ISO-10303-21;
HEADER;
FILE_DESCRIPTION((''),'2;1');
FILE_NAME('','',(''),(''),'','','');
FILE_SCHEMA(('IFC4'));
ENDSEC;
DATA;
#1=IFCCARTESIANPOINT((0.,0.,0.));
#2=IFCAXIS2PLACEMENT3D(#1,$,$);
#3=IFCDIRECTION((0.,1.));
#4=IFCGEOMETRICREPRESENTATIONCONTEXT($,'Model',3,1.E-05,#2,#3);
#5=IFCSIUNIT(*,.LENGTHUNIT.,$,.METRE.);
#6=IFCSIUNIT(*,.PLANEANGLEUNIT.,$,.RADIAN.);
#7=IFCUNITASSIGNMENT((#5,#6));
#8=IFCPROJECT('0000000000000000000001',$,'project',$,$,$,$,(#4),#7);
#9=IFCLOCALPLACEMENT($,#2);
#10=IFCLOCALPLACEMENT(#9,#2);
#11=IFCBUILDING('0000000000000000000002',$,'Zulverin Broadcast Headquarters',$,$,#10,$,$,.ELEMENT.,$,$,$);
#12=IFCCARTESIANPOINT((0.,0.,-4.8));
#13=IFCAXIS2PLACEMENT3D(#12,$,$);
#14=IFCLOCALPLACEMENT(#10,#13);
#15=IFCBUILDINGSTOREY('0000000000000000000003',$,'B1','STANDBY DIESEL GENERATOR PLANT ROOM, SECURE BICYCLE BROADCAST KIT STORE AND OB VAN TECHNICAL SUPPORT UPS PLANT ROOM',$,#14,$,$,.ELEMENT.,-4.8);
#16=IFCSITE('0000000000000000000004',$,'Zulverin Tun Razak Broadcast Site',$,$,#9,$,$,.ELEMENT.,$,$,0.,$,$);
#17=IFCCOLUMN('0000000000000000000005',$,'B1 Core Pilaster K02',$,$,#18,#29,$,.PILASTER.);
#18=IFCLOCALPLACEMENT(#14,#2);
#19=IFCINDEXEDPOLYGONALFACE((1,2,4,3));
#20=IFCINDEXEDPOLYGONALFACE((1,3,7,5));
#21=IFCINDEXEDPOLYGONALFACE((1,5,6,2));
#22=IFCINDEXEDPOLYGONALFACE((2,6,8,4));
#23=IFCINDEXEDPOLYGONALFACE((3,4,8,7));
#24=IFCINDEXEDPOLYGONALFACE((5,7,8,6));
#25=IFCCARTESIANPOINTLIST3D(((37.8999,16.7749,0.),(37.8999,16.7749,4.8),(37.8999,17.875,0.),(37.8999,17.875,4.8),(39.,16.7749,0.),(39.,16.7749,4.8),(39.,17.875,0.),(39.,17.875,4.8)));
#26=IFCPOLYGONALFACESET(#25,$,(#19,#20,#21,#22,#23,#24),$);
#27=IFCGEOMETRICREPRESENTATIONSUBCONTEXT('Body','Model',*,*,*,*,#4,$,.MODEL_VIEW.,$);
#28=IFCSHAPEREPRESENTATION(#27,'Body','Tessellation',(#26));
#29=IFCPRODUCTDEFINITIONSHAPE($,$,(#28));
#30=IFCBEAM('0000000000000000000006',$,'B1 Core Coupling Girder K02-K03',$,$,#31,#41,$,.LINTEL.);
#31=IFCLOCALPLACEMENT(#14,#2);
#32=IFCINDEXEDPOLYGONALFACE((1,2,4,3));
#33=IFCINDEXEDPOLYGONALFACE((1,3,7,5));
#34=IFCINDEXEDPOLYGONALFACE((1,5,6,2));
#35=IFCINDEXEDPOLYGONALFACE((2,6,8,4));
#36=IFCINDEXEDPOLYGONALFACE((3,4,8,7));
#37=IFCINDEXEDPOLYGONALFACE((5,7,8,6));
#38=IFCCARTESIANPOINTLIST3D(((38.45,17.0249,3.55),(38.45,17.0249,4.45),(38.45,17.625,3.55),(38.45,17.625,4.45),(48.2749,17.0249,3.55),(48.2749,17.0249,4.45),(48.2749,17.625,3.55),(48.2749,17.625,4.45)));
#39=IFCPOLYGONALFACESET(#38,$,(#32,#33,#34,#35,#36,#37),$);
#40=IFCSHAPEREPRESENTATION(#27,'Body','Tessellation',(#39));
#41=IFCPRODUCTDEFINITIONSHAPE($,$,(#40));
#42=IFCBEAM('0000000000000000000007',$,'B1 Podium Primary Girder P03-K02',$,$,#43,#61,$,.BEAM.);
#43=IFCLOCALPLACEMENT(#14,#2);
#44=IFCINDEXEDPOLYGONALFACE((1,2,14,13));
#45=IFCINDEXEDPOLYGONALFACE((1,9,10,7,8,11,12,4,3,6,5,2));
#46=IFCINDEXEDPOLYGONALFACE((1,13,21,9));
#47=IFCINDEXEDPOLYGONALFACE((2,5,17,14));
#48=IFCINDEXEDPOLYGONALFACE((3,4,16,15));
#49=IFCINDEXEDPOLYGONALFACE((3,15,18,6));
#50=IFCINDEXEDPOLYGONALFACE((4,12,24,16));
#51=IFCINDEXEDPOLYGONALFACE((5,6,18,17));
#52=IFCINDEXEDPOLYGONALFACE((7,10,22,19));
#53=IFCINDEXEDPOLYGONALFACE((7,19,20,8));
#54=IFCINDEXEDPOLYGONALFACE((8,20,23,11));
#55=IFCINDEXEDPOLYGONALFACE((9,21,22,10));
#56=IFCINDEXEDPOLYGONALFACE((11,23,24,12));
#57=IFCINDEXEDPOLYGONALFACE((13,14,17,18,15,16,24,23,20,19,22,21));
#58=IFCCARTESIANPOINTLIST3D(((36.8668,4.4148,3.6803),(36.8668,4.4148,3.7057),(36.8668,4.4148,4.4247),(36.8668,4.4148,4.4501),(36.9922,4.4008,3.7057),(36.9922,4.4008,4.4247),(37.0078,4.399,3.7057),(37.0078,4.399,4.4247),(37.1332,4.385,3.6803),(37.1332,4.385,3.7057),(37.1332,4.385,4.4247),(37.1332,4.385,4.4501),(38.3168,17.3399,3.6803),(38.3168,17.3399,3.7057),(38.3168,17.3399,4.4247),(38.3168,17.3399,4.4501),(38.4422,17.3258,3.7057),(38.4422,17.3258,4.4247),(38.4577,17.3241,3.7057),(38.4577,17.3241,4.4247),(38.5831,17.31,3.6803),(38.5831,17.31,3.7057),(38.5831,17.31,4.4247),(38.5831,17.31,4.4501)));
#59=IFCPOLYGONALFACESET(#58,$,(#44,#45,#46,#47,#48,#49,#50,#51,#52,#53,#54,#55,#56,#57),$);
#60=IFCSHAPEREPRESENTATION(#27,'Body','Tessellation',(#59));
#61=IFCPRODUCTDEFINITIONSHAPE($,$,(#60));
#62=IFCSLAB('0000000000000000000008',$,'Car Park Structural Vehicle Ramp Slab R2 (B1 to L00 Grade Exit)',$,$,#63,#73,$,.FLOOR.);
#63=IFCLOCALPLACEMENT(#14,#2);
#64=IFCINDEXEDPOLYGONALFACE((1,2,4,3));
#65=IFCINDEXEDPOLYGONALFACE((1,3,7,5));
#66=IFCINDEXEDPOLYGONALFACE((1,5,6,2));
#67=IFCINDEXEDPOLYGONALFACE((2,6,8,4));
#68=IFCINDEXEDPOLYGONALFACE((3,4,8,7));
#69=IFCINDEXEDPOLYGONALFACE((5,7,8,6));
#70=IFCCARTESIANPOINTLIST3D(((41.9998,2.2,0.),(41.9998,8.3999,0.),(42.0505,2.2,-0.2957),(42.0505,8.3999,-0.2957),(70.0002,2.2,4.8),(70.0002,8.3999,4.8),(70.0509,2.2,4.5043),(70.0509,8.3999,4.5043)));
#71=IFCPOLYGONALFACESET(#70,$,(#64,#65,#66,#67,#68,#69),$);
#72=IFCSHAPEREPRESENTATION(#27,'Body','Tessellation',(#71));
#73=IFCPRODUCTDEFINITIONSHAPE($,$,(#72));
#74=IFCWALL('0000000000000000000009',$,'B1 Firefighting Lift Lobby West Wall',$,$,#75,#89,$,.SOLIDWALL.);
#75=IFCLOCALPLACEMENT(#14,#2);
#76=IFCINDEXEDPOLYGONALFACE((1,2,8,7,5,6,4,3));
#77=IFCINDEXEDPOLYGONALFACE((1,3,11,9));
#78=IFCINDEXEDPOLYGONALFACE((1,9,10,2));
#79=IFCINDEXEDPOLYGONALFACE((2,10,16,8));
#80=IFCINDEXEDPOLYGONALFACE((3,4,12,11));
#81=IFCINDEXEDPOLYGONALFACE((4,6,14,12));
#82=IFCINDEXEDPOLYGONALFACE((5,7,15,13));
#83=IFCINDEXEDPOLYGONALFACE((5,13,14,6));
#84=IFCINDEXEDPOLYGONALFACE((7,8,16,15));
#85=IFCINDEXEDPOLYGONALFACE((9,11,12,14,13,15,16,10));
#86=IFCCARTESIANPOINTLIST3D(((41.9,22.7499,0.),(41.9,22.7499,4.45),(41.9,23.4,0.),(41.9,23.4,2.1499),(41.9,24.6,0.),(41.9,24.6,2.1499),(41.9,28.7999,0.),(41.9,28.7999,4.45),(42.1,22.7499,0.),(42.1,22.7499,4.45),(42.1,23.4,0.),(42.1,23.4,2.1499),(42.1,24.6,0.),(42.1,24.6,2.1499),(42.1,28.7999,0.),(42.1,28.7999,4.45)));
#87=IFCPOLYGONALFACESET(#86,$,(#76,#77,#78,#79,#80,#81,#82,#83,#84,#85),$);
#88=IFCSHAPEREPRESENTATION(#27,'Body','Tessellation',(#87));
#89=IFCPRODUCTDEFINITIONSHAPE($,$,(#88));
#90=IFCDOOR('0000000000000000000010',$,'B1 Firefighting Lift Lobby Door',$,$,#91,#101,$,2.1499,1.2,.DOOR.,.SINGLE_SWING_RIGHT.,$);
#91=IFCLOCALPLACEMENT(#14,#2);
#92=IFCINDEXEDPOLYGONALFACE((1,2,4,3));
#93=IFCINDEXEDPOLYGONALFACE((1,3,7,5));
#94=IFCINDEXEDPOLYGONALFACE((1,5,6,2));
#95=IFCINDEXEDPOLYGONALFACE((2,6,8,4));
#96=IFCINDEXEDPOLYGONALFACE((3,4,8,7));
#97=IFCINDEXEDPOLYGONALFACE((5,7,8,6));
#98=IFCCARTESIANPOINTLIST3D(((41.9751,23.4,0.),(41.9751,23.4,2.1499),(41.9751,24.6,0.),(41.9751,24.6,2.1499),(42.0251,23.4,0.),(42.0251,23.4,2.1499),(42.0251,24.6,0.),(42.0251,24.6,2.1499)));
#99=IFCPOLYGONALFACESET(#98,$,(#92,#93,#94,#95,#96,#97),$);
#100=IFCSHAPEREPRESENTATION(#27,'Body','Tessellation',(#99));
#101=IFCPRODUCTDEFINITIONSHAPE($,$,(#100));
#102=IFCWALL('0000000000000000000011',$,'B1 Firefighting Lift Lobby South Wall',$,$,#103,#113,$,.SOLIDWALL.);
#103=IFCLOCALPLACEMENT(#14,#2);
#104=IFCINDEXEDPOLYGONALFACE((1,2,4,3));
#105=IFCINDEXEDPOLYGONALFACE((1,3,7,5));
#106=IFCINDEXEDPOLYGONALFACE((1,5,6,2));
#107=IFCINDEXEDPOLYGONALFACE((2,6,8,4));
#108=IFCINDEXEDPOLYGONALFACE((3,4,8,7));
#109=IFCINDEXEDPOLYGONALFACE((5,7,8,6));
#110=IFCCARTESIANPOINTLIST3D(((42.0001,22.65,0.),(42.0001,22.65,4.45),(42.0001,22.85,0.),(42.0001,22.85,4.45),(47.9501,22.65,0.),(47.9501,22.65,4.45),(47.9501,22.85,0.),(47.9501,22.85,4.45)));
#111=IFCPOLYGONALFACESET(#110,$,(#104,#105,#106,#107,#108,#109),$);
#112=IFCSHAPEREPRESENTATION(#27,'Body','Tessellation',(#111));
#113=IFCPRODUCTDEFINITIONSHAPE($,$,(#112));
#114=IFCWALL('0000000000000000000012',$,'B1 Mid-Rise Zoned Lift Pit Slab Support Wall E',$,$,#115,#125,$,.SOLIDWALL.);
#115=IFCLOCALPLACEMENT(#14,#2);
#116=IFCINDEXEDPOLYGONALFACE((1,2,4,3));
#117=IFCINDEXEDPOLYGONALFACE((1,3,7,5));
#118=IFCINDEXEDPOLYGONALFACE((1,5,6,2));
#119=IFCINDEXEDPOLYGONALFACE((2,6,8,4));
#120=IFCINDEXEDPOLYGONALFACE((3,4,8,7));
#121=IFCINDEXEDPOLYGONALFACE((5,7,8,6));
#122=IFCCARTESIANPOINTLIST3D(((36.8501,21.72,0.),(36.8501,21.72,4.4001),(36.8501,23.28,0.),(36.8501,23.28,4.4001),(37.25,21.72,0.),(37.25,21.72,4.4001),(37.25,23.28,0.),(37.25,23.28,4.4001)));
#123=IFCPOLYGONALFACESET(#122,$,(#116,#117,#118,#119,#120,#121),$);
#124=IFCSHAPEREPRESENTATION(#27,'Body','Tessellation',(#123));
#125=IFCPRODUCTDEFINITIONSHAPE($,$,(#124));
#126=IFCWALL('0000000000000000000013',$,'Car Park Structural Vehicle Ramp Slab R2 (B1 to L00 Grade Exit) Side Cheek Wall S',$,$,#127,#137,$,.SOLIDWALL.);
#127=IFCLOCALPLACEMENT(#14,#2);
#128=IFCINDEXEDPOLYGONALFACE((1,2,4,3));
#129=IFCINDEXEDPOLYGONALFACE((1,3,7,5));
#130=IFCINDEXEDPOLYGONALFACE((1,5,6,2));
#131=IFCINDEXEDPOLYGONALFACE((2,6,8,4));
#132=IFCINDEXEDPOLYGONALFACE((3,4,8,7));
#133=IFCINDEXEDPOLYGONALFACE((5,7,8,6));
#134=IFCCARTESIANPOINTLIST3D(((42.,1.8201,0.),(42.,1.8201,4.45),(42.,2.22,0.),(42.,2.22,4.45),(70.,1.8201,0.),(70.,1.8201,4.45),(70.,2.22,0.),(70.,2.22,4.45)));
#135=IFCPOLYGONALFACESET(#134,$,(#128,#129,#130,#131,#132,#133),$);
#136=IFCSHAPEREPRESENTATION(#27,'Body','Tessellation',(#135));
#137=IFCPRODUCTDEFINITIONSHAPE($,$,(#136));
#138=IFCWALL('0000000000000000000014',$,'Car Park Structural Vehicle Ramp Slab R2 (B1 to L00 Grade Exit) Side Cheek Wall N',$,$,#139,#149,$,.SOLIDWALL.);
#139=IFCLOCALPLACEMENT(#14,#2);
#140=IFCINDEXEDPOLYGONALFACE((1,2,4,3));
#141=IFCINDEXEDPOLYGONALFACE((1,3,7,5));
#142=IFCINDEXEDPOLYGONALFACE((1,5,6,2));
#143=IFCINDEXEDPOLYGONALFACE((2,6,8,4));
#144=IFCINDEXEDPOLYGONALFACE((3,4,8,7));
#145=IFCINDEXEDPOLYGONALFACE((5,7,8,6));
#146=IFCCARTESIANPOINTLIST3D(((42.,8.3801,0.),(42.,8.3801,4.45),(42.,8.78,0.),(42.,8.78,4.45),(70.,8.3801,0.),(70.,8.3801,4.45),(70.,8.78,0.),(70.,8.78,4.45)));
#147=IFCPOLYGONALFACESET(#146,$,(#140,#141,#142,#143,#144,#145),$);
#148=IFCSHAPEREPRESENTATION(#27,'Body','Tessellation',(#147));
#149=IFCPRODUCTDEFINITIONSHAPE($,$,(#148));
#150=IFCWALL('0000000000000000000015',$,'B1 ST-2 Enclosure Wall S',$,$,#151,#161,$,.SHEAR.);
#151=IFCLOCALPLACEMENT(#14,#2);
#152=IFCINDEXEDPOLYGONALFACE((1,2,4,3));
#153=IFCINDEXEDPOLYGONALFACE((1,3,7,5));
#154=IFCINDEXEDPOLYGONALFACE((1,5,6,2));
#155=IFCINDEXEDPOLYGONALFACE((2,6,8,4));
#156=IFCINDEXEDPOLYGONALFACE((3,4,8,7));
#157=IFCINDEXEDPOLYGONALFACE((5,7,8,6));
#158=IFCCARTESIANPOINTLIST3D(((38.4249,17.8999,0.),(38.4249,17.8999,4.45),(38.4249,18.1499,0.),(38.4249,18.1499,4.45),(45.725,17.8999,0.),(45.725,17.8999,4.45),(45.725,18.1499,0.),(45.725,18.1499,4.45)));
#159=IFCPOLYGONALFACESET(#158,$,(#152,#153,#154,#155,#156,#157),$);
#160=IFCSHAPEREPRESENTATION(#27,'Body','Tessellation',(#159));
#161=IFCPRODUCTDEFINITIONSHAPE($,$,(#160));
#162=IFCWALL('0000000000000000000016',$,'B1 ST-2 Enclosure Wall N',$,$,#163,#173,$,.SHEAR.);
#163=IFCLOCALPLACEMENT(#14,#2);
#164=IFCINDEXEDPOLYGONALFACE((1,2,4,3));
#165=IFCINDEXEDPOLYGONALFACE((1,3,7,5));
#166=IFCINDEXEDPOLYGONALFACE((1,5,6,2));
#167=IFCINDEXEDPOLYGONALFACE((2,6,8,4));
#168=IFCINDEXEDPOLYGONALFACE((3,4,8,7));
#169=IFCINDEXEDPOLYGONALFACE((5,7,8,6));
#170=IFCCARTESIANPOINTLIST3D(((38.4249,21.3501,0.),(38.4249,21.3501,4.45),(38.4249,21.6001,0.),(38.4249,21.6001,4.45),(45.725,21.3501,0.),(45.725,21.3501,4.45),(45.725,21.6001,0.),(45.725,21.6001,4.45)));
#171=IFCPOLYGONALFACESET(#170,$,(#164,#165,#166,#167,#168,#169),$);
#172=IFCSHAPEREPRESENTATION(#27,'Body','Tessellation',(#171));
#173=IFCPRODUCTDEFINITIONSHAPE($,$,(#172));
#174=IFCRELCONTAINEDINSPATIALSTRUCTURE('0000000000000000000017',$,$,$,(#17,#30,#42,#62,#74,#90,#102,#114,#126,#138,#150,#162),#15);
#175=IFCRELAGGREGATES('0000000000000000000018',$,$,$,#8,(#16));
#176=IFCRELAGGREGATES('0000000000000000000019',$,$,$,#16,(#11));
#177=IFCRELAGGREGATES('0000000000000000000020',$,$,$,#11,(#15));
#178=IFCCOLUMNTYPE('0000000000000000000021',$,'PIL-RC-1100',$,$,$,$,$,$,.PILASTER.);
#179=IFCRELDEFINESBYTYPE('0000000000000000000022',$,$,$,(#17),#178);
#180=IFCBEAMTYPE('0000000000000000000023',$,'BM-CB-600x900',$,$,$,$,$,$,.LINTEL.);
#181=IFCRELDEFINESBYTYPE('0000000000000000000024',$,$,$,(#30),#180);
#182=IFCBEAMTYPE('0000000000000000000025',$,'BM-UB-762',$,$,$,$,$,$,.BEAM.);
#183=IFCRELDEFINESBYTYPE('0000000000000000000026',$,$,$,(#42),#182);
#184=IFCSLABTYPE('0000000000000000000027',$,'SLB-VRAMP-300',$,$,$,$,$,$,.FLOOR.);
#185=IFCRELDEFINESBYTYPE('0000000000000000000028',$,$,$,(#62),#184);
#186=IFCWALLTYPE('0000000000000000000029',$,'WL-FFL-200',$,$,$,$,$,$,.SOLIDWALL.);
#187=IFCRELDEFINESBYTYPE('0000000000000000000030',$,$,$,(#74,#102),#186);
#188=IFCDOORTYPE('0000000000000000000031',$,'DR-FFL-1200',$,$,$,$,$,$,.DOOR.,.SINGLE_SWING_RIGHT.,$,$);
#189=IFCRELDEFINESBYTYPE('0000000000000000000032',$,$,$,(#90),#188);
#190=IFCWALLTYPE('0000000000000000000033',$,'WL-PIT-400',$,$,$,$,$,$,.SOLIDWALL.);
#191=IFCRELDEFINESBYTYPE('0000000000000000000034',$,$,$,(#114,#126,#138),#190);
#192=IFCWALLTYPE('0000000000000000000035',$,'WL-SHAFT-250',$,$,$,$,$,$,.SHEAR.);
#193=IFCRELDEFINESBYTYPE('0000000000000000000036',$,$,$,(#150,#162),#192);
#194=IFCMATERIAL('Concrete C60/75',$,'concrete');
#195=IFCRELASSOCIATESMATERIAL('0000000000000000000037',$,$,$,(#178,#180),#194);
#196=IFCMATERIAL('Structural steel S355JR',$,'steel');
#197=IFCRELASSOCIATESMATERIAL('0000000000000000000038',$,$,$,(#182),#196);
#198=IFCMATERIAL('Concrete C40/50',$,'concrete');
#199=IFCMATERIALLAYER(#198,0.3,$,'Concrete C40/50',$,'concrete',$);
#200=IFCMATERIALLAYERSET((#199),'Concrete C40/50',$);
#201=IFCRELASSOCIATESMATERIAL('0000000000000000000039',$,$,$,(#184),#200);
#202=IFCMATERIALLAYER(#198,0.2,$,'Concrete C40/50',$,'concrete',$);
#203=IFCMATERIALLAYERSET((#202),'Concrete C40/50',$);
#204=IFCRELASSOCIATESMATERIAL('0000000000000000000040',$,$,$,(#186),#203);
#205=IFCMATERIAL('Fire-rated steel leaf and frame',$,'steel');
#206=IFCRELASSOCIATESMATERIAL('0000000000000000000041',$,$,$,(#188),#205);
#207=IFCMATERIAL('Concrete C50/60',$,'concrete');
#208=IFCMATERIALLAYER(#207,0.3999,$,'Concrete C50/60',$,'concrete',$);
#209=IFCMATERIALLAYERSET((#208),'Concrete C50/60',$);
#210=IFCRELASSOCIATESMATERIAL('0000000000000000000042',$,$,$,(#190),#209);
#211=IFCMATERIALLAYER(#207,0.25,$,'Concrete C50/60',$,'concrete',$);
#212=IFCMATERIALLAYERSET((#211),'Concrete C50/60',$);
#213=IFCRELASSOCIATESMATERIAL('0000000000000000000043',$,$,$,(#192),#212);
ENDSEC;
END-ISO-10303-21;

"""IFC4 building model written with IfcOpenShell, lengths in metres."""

from ifc_helpers import new_model, si_unit, direction, frame, frame_2d, origin, origin_2d, place, context, subcontext, project, spatial, polyline, rectangle, i_section, outline, extrude, material, layer, layer_set, material_profile, profile_set, type_object, element, fill, save


model = new_model("IFC4")

# Units and contexts
model_context = context("Model", 3, precision=1e-05, world=origin(), true_north=direction((0.0, 1.0)))
body_context = subcontext(model_context, "Body", "Model", "MODEL_VIEW")
ifc_project = project(units=[si_unit("LENGTHUNIT", "METRE"), si_unit("PLANEANGLEUNIT", "RADIAN")], contexts=[model_context])

# Site, building, storey
site_placement = place(None, origin())
site = spatial("IfcSite", under=ifc_project, at=site_placement, Name="Zulverin Tun Razak Broadcast Site", CompositionType="ELEMENT", RefElevation=0.0)
building_placement = place(site_placement, origin())
building = spatial("IfcBuilding", under=site, at=building_placement, Name="Zulverin Broadcast Headquarters", CompositionType="ELEMENT")
storey_placement = place(building_placement, frame((0.0, 0.0, -4.8)))
storey = spatial("IfcBuildingStorey", under=building, at=storey_placement, Name="B1", Description="STANDBY DIESEL GENERATOR PLANT ROOM, SECURE BICYCLE BROADCAST KIT STORE AND OB VAN TECHNICAL SUPPORT UPS PLANT ROOM", CompositionType="ELEMENT", Elevation=-4.8)

# Column
ifc_material_1 = material(Name="Concrete C60/75", Category="concrete")
ifc_material_profile_1 = material_profile(ifc_material_1, rectangle(XDim=1.1001, YDim=1.1001, at=origin_2d()), Name="Concrete C60/75", Category="concrete")
ifc_profile_set_1 = profile_set([ifc_material_profile_1], Name="Concrete C60/75")
column_type = type_object("IfcColumnType", Name="PIL-RC-1100", PredefinedType="PILASTER", material=ifc_profile_set_1)
column_placement = place(storey_placement, frame((38.45, 17.325, 0.0), z_axis=(0.0, 0.0, 1.0), x_axis=(1.0, 0.0, 0.0)))
element("IfcColumn", 1, at=column_placement, inside=storey, type_object=column_type, Name="B1 Core Pilaster K02", PredefinedType="PILASTER", context=body_context, shape_type="SweptSolid", body=[
    extrude(rectangle(XDim=1.1001, YDim=1.1001, at=origin_2d()), origin(), (0.0, 0.0, 1.0), 4.8),
])

# Beams
ifc_material_profile_2 = material_profile(ifc_material_1, rectangle(XDim=0.6001, YDim=0.8999, at=origin_2d()), Name="Concrete C60/75", Category="concrete")
ifc_profile_set_2 = profile_set([ifc_material_profile_2], Name="Concrete C60/75")
beam_type_1 = type_object("IfcBeamType", Name="BM-CB-600x900", PredefinedType="LINTEL", material=ifc_profile_set_2)
beam_1_placement = place(storey_placement, frame((38.45, 17.325, 4.0), z_axis=(1.0, 0.0, 0.0), x_axis=(0.0, 1.0, 0.0)))
element("IfcBeam", 2, at=beam_1_placement, inside=storey, type_object=beam_type_1, Name="B1 Core Coupling Girder K02-K03", PredefinedType="LINTEL", context=body_context, shape_type="SweptSolid", body=[
    extrude(rectangle(XDim=0.6001, YDim=0.8999, at=origin_2d()), origin(), (0.0, 0.0, 1.0), 9.825),
])
ifc_material_2 = material(Name="Structural steel S355JR", Category="steel")
ifc_material_profile_3 = material_profile(ifc_material_2, i_section(OverallWidth=0.2681, OverallDepth=0.7698, WebThickness=0.0156, FlangeThickness=0.0254, at=origin_2d()), Name="Structural steel S355JR", Category="steel")
ifc_profile_set_3 = profile_set([ifc_material_profile_3], Name="Structural steel S355JR")
beam_type_2 = type_object("IfcBeamType", Name="BM-UB-762", PredefinedType="BEAM", material=ifc_profile_set_3)
beam_2_placement = place(storey_placement, frame((37.0, 4.3999, 4.0652), z_axis=(0.111482, 0.993766, 0.0), x_axis=(-0.993766, 0.111482, 0.0)))
element("IfcBeam", 3, at=beam_2_placement, inside=storey, type_object=beam_type_2, Name="B1 Podium Primary Girder P03-K02", PredefinedType="BEAM", context=body_context, shape_type="SweptSolid", body=[
    extrude(i_section(OverallWidth=0.2681, OverallDepth=0.7698, WebThickness=0.0156, FlangeThickness=0.0254, at=origin_2d()), origin(), (0.0, 0.0, 1.0), 13.0061),
])

# Slab
ifc_material_3 = material(Name="Concrete C40/50", Category="concrete")
ifc_layer_1 = layer(ifc_material_3, 0.3, Name="Concrete C40/50", Category="concrete")
ifc_layer_set_1 = layer_set([ifc_layer_1], Name="Concrete C40/50")
slab_type = type_object("IfcSlabType", Name="SLB-VRAMP-300", PredefinedType="FLOOR", material=ifc_layer_set_1)
slab_placement = place(storey_placement, frame((41.9998, 2.2, 0.0), z_axis=(-0.168963, 0.0, 0.985622), x_axis=(0.985622, 0.0, 0.168963)))
element("IfcSlab", 4, at=slab_placement, inside=storey, type_object=slab_type, Name="Car Park Structural Vehicle Ramp Slab R2 (B1 to L00 Grade Exit)", PredefinedType="FLOOR", context=body_context, shape_type="SweptSolid", body=[
    extrude(outline(polyline([(0.0, 0.0), (28.4089, 0.0), (28.4089, 6.2), (0.0, 6.2), (0.0, 0.0)])), origin(), (0.0, 0.0, -1.0), 0.3),
])

# Wall, opening, door
ifc_layer_2 = layer(ifc_material_3, 0.2, Name="Concrete C40/50", Category="concrete")
ifc_layer_set_2 = layer_set([ifc_layer_2], Name="Concrete C40/50")
wall_type_1 = type_object("IfcWallType", Name="WL-FFL-200", PredefinedType="SOLIDWALL", material=ifc_layer_set_2)
wall_1_placement = place(storey_placement, frame((42.0, 22.75, 0.0), z_axis=(0.0, 0.0, 1.0), x_axis=(0.0, 1.0, 0.0)))
wall_1 = element("IfcWall", 5, at=wall_1_placement, inside=storey, type_object=wall_type_1, Name="B1 Firefighting Lift Lobby West Wall", PredefinedType="SOLIDWALL", context=body_context, shape_type="SweptSolid", body=[
    extrude(rectangle(XDim=6.05, YDim=0.2, at=frame_2d((3.0249, 0.0))), origin(), (0.0, 0.0, 1.0), 4.45),
])
opening_1_placement = place(wall_1_placement, frame((0.6499, 0.0, 0.0)))
opening_1 = element("IfcOpeningElement", 6, at=opening_1_placement, cuts=wall_1, PredefinedType="OPENING", context=body_context, shape_type="SweptSolid", body=[
    extrude(rectangle(XDim=1.2, YDim=2.1499, at=frame_2d((0.6001, 1.075))), frame((0.0, 0.1099, 0.0), z_axis=(0.0, -1.0, 0.0), x_axis=(1.0, 0.0, 0.0)), (0.0, 0.0, 1.0), 0.22),
])
ifc_material_4 = material(Name="Fire-rated steel leaf and frame", Category="steel")
door_type_1 = type_object("IfcDoorType", Name="DR-FFL-1200", OperationType="SINGLE_SWING_RIGHT", PredefinedType="DOOR", material=ifc_material_4)
door_1_placement = place(opening_1_placement, origin())
door_1 = element("IfcDoor", 7, at=door_1_placement, inside=storey, type_object=door_type_1, Name="B1 Firefighting Lift Lobby Door", OperationType="SINGLE_SWING_RIGHT", OverallHeight=2.1499, OverallWidth=1.2, PredefinedType="DOOR", context=body_context, shape_type="SweptSolid", body=[
    extrude(rectangle(XDim=1.2, YDim=2.1499, at=frame_2d((0.6001, 1.075))), frame((0.0, 0.0249, 0.0), z_axis=(0.0, -1.0, 0.0), x_axis=(1.0, 0.0, 0.0)), (0.0, 0.0, 1.0), 0.05),
])
fill(opening_1, door_1)

# Walls
wall_2_placement = place(storey_placement, frame((42.0, 22.75, 0.0), z_axis=(0.0, 0.0, 1.0), x_axis=(1.0, 0.0, 0.0)))
element("IfcWall", 8, at=wall_2_placement, inside=storey, type_object=wall_type_1, Name="B1 Firefighting Lift Lobby South Wall", PredefinedType="SOLIDWALL", context=body_context, shape_type="SweptSolid", body=[
    extrude(rectangle(XDim=5.95, YDim=0.2, at=frame_2d((2.9751, 0.0))), origin(), (0.0, 0.0, 1.0), 4.45),
])
ifc_material_5 = material(Name="Concrete C50/60", Category="concrete")
ifc_layer_3 = layer(ifc_material_5, 0.3999, Name="Concrete C50/60", Category="concrete")
ifc_layer_set_3 = layer_set([ifc_layer_3], Name="Concrete C50/60")
wall_type_2 = type_object("IfcWallType", Name="WL-PIT-400", PredefinedType="SOLIDWALL", material=ifc_layer_set_3)
wall_3_placement = place(storey_placement, frame((37.05, 21.72, 0.0), z_axis=(0.0, 0.0, 1.0), x_axis=(0.0, 1.0, 0.0)))
element("IfcWall", 9, at=wall_3_placement, inside=storey, type_object=wall_type_2, Name="B1 Mid-Rise Zoned Lift Pit Slab Support Wall E", PredefinedType="SOLIDWALL", context=body_context, shape_type="SweptSolid", body=[
    extrude(rectangle(XDim=1.5601, YDim=0.3999, at=frame_2d((0.78, 0.0))), origin(), (0.0, 0.0, 1.0), 4.4001),
])
for number, where, z_axis, x_axis, name in (
    (10, (42.0, 2.02, 0.0), (0.0, 0.0, 1.0), (1.0, 0.0, 0.0), "Car Park Structural Vehicle Ramp Slab R2 (B1 to L00 Grade Exit) Side Cheek Wall S"),
    (11, (42.0, 8.5801, 0.0), (0.0, 0.0, 1.0), (1.0, 0.0, 0.0), "Car Park Structural Vehicle Ramp Slab R2 (B1 to L00 Grade Exit) Side Cheek Wall N"),
):
    element("IfcWall", number, at=place(storey_placement, frame(where, z_axis=z_axis, x_axis=x_axis)), inside=storey, type_object=wall_type_2, Name=name, PredefinedType="SOLIDWALL", context=body_context, shape_type="SweptSolid", body=[
        extrude(rectangle(XDim=28.0, YDim=0.3999, at=frame_2d((14.0, 0.0))), origin(), (0.0, 0.0, 1.0), 4.45),
    ])
ifc_layer_4 = layer(ifc_material_5, 0.25, Name="Concrete C50/60", Category="concrete")
ifc_layer_set_4 = layer_set([ifc_layer_4], Name="Concrete C50/60")
wall_type_3 = type_object("IfcWallType", Name="WL-SHAFT-250", PredefinedType="SHEAR", material=ifc_layer_set_4)
for number, where, z_axis, x_axis, name in (
    (12, (38.425, 18.0249, 0.0), (0.0, 0.0, 1.0), (1.0, 0.0, 0.0), "B1 ST-2 Enclosure Wall S"),
    (13, (38.425, 21.4751, 0.0), (0.0, 0.0, 1.0), (1.0, 0.0, 0.0), "B1 ST-2 Enclosure Wall N"),
):
    element("IfcWall", number, at=place(storey_placement, frame(where, z_axis=z_axis, x_axis=x_axis)), inside=storey, type_object=wall_type_3, Name=name, PredefinedType="SHEAR", context=body_context, shape_type="SweptSolid", body=[
        extrude(rectangle(XDim=7.3, YDim=0.25, at=frame_2d((3.6499, 0.0))), origin(), (0.0, 0.0, 1.0), 4.45),
    ])

save(model, "model.ifc")
